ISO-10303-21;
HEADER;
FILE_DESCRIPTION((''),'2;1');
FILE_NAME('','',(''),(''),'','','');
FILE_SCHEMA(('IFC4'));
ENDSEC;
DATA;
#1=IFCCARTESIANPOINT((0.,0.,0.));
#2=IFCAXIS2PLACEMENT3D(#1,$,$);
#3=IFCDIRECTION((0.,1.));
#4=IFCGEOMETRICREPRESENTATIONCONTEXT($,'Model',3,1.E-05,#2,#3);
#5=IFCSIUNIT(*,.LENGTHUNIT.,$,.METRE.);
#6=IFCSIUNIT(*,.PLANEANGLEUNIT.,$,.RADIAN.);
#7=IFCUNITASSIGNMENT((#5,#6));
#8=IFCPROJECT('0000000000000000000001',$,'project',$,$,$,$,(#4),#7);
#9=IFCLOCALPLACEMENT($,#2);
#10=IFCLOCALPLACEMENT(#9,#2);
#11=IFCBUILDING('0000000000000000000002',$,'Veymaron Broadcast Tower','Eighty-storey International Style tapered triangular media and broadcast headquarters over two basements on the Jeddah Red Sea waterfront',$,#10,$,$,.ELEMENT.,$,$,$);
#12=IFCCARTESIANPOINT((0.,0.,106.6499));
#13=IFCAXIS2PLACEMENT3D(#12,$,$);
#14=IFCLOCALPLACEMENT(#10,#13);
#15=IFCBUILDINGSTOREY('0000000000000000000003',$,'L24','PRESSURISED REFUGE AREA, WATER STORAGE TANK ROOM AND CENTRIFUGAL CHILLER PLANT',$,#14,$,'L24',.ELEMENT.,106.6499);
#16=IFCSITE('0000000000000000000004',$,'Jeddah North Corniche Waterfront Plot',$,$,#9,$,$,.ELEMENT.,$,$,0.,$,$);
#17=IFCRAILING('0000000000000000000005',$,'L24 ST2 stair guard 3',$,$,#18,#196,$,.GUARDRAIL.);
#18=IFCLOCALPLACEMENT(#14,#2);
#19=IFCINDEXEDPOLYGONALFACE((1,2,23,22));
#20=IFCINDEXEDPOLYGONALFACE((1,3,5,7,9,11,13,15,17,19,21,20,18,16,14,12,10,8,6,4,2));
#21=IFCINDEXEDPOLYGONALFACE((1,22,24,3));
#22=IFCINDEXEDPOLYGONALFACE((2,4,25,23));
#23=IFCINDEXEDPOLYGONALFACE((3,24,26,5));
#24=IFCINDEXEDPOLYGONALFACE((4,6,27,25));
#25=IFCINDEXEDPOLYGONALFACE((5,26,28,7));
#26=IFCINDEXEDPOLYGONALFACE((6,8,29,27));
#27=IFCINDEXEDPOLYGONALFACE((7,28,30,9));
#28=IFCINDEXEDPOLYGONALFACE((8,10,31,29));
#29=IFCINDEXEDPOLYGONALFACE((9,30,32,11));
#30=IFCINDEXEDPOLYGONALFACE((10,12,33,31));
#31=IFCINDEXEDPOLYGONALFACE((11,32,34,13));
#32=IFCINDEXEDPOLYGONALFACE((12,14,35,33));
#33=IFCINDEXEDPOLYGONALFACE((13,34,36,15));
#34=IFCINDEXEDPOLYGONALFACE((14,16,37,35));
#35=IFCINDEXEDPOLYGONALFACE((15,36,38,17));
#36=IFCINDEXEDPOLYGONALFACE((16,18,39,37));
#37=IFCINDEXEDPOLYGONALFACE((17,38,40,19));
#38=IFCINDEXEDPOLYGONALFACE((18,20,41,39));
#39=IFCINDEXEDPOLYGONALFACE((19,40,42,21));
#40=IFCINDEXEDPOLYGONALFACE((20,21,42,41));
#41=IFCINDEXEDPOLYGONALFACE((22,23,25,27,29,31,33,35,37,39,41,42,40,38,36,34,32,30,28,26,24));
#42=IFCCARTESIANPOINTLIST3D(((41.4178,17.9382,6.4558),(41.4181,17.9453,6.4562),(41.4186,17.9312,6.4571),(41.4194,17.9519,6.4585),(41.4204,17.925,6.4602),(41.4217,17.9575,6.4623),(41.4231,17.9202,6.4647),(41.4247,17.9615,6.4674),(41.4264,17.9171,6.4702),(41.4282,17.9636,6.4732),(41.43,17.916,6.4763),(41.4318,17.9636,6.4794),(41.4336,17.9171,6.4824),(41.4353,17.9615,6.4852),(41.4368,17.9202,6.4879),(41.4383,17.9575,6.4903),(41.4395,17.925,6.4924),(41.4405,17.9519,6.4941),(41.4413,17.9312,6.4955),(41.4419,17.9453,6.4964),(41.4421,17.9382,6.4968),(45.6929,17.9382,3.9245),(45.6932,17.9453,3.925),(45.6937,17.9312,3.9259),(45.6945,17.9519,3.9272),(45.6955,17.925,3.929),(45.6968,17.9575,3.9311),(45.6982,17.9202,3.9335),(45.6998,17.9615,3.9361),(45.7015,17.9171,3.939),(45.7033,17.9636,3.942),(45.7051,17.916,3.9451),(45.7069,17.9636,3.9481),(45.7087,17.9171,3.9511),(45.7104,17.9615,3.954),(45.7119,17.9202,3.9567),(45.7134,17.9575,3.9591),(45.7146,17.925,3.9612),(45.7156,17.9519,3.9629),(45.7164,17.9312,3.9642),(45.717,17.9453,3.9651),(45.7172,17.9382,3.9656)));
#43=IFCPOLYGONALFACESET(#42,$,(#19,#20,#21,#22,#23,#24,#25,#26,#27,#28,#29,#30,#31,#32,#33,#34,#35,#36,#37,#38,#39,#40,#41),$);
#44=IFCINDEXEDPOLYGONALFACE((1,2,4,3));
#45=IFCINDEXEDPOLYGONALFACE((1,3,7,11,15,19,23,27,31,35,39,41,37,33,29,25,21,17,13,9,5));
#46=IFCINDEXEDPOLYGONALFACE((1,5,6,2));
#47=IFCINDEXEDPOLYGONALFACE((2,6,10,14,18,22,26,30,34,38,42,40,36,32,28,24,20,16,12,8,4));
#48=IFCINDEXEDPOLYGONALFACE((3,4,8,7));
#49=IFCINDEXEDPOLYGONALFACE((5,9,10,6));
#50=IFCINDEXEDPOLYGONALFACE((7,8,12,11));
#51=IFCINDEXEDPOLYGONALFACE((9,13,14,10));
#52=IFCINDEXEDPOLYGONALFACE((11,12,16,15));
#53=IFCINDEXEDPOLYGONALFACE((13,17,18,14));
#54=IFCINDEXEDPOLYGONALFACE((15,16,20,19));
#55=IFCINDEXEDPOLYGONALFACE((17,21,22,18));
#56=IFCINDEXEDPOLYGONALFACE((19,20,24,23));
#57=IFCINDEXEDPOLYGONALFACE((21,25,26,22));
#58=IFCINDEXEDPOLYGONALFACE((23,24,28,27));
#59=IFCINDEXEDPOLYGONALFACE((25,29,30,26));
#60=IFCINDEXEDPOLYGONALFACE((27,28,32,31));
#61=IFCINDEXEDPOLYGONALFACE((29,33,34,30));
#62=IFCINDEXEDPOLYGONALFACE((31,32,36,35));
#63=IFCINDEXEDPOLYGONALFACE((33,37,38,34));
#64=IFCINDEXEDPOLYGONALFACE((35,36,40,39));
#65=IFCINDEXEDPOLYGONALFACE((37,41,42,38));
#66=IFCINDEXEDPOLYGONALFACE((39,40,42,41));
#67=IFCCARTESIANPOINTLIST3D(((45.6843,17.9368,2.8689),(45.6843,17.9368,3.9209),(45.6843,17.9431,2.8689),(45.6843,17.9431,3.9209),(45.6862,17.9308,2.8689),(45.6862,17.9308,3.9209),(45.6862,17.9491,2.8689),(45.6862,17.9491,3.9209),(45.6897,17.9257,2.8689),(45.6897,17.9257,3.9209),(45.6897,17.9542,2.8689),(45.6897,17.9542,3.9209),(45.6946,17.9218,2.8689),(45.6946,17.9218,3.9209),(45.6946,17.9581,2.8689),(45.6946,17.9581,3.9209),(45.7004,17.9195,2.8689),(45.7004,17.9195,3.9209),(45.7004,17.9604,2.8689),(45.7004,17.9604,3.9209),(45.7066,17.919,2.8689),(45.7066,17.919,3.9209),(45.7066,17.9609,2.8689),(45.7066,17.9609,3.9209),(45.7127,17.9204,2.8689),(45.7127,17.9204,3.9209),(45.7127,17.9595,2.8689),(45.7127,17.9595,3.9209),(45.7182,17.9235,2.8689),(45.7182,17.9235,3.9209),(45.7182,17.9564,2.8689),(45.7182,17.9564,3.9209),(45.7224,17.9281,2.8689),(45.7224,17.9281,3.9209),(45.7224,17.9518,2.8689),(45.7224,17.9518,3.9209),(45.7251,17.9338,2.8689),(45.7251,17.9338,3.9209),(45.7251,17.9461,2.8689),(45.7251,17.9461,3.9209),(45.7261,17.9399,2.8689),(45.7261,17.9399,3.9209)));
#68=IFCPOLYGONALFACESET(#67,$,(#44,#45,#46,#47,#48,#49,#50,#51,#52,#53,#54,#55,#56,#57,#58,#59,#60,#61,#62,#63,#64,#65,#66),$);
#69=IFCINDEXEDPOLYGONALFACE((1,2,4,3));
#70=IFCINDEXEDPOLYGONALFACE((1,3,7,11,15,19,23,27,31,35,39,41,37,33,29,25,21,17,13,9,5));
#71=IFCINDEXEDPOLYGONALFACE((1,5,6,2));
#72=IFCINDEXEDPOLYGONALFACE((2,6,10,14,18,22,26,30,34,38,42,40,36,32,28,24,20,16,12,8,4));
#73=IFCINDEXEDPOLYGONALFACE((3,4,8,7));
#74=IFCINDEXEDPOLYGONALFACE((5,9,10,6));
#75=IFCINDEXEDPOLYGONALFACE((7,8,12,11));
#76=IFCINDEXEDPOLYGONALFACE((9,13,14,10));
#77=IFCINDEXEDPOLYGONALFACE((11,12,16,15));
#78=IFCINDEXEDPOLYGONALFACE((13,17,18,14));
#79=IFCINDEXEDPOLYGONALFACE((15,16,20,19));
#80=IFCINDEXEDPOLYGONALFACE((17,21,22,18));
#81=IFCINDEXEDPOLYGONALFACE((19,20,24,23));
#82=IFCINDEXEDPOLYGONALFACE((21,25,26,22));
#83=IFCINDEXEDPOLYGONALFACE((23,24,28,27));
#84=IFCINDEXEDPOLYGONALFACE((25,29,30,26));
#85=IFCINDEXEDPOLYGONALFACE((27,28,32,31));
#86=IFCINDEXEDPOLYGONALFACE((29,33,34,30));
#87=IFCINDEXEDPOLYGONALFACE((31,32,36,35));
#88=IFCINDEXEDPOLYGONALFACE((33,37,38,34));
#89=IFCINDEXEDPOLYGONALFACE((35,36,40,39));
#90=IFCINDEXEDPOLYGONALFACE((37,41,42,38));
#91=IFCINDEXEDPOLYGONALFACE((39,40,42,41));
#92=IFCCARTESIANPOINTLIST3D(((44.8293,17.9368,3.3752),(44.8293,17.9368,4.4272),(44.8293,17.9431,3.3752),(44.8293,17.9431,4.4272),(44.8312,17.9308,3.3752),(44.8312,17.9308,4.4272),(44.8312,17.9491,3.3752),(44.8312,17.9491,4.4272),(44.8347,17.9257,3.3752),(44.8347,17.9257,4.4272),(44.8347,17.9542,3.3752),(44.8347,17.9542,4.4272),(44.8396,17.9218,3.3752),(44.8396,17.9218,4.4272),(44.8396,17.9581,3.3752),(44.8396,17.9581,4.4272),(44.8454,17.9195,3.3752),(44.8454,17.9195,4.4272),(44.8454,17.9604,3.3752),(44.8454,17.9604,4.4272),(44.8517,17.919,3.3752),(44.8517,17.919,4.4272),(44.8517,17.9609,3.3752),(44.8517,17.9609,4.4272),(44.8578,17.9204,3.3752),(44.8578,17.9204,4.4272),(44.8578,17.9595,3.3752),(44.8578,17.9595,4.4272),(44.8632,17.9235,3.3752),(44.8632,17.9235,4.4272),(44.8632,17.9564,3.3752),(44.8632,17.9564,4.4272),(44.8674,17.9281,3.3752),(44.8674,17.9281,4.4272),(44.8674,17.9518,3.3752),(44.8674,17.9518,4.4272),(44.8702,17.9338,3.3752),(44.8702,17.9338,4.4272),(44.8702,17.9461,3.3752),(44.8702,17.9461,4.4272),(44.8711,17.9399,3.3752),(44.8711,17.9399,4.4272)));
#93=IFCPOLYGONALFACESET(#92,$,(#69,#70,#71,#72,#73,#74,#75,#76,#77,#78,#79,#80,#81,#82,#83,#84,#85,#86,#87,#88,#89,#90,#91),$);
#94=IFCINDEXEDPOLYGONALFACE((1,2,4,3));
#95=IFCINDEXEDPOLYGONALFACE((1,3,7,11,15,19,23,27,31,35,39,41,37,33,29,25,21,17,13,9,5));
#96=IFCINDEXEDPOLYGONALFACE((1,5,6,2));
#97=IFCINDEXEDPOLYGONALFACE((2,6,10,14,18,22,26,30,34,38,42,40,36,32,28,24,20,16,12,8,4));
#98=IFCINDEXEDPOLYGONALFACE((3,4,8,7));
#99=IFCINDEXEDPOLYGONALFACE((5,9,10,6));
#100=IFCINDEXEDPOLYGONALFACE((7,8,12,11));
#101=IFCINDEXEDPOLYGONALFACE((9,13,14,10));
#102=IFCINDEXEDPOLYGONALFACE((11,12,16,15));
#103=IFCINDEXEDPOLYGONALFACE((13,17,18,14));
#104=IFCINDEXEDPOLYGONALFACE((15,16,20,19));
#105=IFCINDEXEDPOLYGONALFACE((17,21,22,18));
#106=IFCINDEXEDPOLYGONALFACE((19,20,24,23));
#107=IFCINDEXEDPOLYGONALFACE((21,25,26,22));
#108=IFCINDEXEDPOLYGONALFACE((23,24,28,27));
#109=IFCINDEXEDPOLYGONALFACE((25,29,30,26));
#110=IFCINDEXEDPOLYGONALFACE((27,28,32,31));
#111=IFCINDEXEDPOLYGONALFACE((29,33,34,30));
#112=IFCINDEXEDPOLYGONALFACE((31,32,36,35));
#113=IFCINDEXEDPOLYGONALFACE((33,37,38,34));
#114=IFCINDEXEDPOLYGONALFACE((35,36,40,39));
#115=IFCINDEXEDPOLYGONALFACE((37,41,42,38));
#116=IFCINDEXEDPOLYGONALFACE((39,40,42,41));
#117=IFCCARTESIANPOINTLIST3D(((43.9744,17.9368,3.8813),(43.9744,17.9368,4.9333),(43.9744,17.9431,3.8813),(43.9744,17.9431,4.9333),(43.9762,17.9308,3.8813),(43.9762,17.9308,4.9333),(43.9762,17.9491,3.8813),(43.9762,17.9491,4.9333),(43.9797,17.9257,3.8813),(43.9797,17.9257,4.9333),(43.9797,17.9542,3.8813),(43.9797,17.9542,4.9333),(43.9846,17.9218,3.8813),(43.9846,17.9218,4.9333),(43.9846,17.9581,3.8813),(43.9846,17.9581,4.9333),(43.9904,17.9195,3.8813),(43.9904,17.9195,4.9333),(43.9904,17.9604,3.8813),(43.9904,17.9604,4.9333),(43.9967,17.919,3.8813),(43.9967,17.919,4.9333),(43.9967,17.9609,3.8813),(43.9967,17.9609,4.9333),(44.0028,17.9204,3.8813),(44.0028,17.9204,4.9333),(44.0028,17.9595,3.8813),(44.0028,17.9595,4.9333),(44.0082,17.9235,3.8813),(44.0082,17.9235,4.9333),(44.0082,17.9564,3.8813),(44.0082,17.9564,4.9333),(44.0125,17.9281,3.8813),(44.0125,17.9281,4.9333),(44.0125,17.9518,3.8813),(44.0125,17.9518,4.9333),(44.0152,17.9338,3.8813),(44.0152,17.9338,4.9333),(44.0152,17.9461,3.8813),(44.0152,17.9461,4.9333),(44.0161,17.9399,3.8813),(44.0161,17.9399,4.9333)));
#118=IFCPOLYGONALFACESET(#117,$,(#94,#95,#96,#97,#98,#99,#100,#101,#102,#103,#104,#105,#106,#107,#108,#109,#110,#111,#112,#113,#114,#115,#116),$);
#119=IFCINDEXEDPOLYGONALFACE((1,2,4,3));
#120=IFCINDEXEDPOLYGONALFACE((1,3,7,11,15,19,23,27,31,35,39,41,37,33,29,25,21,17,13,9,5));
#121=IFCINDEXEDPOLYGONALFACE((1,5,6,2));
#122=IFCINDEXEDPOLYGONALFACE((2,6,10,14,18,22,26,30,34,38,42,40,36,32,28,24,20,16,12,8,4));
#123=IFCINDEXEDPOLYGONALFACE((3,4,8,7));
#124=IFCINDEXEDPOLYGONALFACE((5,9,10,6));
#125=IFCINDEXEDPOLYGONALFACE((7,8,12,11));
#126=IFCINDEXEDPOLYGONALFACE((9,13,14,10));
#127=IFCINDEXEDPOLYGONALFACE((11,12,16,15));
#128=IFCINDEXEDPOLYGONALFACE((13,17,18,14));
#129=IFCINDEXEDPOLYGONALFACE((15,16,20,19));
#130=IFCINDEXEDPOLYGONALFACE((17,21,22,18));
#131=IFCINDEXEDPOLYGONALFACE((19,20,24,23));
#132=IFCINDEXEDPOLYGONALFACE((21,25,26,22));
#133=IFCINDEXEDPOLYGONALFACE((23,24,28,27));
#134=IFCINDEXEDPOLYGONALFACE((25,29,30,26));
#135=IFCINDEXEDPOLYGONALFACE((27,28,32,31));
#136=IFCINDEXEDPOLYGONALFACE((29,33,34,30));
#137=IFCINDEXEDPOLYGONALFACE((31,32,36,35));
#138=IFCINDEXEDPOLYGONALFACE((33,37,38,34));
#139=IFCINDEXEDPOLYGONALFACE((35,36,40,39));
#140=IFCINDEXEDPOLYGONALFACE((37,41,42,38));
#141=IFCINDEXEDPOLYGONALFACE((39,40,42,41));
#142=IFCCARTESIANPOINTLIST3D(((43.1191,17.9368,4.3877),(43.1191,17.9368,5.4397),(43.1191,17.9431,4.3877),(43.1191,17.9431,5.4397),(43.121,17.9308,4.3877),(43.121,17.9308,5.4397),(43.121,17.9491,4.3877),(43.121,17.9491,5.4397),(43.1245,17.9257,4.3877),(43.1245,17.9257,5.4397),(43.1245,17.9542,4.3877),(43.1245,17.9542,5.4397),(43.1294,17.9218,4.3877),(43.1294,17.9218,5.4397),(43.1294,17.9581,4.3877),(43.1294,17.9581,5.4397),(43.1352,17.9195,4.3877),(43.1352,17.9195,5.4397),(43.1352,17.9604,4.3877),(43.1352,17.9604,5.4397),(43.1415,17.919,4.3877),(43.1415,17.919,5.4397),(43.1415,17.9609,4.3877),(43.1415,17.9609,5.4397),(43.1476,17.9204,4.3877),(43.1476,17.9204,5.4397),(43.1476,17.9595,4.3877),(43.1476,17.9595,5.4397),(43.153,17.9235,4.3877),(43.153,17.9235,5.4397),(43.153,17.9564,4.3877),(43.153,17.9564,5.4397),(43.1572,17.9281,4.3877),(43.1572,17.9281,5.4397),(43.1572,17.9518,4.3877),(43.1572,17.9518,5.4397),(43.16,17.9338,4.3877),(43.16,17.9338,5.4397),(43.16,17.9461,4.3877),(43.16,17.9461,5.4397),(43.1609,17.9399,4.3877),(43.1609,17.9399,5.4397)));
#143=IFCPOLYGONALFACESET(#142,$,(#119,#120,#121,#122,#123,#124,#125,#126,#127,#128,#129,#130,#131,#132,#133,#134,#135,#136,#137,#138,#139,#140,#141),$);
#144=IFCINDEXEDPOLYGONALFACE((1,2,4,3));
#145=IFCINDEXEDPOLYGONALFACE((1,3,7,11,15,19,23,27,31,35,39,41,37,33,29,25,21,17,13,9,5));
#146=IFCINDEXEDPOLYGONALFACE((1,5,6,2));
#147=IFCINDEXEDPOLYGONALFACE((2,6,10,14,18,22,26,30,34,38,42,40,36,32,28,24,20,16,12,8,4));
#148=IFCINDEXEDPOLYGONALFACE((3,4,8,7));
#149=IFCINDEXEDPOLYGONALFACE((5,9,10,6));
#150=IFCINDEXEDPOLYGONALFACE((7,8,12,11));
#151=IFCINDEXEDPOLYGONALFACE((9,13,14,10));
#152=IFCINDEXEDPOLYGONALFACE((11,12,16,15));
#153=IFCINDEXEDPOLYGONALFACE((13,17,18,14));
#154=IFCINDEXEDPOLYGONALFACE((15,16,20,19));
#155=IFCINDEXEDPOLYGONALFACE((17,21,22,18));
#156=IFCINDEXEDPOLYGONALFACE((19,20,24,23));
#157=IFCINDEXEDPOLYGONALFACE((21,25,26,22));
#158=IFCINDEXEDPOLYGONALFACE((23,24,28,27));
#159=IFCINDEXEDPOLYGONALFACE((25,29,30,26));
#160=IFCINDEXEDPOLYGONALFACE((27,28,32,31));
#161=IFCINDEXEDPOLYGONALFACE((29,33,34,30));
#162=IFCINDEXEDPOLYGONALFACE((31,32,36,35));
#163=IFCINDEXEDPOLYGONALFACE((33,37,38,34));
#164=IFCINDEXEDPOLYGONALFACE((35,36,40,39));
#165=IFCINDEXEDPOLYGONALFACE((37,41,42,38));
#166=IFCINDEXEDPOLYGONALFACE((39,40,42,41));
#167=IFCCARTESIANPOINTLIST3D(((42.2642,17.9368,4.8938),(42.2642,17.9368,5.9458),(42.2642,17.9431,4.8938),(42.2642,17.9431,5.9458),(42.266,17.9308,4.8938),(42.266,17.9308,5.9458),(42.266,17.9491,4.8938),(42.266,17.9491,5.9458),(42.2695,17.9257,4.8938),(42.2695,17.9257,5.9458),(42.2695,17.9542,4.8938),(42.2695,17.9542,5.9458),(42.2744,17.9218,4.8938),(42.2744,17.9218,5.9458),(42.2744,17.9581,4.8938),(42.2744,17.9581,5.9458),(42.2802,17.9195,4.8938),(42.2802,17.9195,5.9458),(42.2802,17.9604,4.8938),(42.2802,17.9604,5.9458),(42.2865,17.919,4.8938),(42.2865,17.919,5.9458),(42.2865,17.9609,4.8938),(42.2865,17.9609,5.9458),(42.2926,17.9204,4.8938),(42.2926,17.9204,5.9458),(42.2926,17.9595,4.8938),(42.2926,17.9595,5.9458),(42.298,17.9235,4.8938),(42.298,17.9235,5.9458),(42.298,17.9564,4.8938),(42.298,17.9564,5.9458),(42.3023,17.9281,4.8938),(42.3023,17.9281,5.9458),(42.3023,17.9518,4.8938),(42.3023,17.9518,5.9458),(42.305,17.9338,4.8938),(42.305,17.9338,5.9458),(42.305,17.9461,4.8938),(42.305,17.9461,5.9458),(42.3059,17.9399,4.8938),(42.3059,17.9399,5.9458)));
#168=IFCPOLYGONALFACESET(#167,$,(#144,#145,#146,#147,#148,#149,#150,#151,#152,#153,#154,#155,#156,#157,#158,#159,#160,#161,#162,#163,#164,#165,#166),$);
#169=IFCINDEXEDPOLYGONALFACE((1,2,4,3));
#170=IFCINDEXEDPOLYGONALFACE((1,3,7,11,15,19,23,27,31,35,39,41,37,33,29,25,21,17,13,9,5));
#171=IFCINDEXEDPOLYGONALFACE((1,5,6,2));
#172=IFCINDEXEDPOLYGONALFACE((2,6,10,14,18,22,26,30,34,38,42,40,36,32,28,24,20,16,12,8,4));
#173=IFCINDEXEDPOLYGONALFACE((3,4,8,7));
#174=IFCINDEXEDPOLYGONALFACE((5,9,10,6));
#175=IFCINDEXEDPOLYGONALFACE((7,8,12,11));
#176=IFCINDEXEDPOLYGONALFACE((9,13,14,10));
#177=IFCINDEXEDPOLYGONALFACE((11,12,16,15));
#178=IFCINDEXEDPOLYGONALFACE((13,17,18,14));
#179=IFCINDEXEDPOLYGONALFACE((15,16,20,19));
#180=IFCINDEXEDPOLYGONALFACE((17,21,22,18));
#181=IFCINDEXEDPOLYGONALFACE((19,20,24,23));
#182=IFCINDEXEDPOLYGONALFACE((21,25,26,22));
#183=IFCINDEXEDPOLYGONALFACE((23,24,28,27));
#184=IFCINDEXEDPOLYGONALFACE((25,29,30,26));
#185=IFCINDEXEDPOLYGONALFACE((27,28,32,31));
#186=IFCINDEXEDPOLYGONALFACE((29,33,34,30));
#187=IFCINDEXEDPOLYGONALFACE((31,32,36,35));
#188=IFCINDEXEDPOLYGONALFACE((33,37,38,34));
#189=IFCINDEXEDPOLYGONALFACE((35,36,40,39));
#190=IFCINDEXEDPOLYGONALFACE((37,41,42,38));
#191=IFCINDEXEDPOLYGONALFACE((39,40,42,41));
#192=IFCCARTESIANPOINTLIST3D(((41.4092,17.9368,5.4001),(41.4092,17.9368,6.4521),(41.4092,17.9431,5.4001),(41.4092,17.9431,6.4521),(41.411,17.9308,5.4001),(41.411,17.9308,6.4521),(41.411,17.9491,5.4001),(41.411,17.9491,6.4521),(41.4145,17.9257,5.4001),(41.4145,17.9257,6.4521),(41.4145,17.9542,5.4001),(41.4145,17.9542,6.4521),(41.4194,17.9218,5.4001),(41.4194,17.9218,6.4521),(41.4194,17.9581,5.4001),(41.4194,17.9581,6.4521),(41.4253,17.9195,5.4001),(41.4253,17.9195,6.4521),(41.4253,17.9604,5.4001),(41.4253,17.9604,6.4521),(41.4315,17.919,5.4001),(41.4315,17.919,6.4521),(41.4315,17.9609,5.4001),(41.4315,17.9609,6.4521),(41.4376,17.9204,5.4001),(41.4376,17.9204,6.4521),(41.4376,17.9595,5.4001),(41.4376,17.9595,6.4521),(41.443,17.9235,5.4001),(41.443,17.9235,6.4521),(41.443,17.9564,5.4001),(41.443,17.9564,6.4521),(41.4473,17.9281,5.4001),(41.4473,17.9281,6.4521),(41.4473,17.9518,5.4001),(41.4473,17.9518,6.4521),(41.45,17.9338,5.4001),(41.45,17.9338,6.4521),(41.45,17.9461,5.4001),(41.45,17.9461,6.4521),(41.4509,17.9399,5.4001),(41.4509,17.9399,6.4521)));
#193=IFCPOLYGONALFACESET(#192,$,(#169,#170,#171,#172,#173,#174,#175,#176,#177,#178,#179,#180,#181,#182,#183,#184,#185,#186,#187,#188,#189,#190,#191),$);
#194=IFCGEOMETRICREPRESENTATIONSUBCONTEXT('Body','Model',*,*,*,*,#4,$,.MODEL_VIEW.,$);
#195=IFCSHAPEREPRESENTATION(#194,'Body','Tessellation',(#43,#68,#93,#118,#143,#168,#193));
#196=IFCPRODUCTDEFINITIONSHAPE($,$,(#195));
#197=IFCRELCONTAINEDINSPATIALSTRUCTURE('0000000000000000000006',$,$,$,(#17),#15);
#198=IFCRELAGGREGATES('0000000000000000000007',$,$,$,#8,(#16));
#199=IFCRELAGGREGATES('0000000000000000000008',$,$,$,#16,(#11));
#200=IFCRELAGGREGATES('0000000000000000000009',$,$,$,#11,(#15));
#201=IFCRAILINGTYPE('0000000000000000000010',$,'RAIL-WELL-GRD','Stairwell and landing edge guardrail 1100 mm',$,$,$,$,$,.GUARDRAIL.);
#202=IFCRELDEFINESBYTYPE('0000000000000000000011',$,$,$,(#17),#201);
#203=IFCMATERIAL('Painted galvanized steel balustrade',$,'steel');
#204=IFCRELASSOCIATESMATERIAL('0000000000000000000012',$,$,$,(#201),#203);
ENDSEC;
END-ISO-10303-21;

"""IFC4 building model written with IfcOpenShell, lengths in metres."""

from ifc_helpers import new_model, si_unit, direction, frame, origin, origin_2d, place, context, subcontext, project, spatial, circle, extrude, material, type_object, element, save


model = new_model("IFC4")

# Units and contexts
model_context = context("Model", 3, precision=1e-05, world=origin(), true_north=direction((0.0, 1.0)))
body_context = subcontext(model_context, "Body", "Model", "MODEL_VIEW")
ifc_project = project(units=[si_unit("LENGTHUNIT", "METRE"), si_unit("PLANEANGLEUNIT", "RADIAN")], contexts=[model_context])

# Site, building, storey
site_placement = place(None, origin())
site = spatial("IfcSite", under=ifc_project, at=site_placement, Name="Jeddah North Corniche Waterfront Plot", CompositionType="ELEMENT", RefElevation=0.0)
building_placement = place(site_placement, origin())
building = spatial("IfcBuilding", under=site, at=building_placement, Name="Veymaron Broadcast Tower", Description="Eighty-storey International Style tapered triangular media and broadcast headquarters over two basements on the Jeddah Red Sea waterfront", CompositionType="ELEMENT")
storey_placement = place(building_placement, frame((0.0, 0.0, 106.6499)))
storey = spatial("IfcBuildingStorey", under=building, at=storey_placement, Name="L24", Description="PRESSURISED REFUGE AREA, WATER STORAGE TANK ROOM AND CENTRIFUGAL CHILLER PLANT", LongName="L24", CompositionType="ELEMENT", Elevation=106.6499)

# Railing
ifc_material_1 = material(Name="Painted galvanized steel balustrade", Category="steel")
railing_type_1 = type_object("IfcRailingType", Name="RAIL-WELL-GRD", Description="Stairwell and landing edge guardrail 1100 mm", PredefinedType="GUARDRAIL", material=ifc_material_1)
railing_1_placement = place(storey_placement, frame((45.7051, 17.9399, 2.8689)))
element("IfcRailing", 1, at=railing_1_placement, inside=storey, type_object=railing_type_1, Name="L24 ST2 stair guard 3", PredefinedType="GUARDRAIL", context=body_context, shape_type="SweptSolid", body=[
    extrude(circle(Radius=0.0239, at=origin_2d()), frame((0.0, 0.0, 1.0762), z_axis=(-0.860483, 0.0, 0.509479), x_axis=(0.0, -1.0, 0.0)), (0.0, 0.0, 1.0), 4.9683),
    extrude(circle(Radius=0.021, at=origin_2d()), origin(), (0.0, 0.0, 1.0), 1.052),
    extrude(circle(Radius=0.021, at=origin_2d()), frame((-0.855, 0.0, 0.5063)), (0.0, 0.0, 1.0), 1.052),
    extrude(circle(Radius=0.021, at=origin_2d()), frame((-1.71, 0.0, 1.0125)), (0.0, 0.0, 1.0), 1.052),
    extrude(circle(Radius=0.021, at=origin_2d()), frame((-2.5652, 0.0, 1.5188)), (0.0, 0.0, 1.0), 1.052),
    extrude(circle(Radius=0.021, at=origin_2d()), frame((-3.4202, 0.0, 2.0249)), (0.0, 0.0, 1.0), 1.052),
    extrude(circle(Radius=0.021, at=origin_2d()), frame((-4.2751, 0.0, 2.5312)), (0.0, 0.0, 1.0), 1.052),
])

save(model, "model.ifc")
